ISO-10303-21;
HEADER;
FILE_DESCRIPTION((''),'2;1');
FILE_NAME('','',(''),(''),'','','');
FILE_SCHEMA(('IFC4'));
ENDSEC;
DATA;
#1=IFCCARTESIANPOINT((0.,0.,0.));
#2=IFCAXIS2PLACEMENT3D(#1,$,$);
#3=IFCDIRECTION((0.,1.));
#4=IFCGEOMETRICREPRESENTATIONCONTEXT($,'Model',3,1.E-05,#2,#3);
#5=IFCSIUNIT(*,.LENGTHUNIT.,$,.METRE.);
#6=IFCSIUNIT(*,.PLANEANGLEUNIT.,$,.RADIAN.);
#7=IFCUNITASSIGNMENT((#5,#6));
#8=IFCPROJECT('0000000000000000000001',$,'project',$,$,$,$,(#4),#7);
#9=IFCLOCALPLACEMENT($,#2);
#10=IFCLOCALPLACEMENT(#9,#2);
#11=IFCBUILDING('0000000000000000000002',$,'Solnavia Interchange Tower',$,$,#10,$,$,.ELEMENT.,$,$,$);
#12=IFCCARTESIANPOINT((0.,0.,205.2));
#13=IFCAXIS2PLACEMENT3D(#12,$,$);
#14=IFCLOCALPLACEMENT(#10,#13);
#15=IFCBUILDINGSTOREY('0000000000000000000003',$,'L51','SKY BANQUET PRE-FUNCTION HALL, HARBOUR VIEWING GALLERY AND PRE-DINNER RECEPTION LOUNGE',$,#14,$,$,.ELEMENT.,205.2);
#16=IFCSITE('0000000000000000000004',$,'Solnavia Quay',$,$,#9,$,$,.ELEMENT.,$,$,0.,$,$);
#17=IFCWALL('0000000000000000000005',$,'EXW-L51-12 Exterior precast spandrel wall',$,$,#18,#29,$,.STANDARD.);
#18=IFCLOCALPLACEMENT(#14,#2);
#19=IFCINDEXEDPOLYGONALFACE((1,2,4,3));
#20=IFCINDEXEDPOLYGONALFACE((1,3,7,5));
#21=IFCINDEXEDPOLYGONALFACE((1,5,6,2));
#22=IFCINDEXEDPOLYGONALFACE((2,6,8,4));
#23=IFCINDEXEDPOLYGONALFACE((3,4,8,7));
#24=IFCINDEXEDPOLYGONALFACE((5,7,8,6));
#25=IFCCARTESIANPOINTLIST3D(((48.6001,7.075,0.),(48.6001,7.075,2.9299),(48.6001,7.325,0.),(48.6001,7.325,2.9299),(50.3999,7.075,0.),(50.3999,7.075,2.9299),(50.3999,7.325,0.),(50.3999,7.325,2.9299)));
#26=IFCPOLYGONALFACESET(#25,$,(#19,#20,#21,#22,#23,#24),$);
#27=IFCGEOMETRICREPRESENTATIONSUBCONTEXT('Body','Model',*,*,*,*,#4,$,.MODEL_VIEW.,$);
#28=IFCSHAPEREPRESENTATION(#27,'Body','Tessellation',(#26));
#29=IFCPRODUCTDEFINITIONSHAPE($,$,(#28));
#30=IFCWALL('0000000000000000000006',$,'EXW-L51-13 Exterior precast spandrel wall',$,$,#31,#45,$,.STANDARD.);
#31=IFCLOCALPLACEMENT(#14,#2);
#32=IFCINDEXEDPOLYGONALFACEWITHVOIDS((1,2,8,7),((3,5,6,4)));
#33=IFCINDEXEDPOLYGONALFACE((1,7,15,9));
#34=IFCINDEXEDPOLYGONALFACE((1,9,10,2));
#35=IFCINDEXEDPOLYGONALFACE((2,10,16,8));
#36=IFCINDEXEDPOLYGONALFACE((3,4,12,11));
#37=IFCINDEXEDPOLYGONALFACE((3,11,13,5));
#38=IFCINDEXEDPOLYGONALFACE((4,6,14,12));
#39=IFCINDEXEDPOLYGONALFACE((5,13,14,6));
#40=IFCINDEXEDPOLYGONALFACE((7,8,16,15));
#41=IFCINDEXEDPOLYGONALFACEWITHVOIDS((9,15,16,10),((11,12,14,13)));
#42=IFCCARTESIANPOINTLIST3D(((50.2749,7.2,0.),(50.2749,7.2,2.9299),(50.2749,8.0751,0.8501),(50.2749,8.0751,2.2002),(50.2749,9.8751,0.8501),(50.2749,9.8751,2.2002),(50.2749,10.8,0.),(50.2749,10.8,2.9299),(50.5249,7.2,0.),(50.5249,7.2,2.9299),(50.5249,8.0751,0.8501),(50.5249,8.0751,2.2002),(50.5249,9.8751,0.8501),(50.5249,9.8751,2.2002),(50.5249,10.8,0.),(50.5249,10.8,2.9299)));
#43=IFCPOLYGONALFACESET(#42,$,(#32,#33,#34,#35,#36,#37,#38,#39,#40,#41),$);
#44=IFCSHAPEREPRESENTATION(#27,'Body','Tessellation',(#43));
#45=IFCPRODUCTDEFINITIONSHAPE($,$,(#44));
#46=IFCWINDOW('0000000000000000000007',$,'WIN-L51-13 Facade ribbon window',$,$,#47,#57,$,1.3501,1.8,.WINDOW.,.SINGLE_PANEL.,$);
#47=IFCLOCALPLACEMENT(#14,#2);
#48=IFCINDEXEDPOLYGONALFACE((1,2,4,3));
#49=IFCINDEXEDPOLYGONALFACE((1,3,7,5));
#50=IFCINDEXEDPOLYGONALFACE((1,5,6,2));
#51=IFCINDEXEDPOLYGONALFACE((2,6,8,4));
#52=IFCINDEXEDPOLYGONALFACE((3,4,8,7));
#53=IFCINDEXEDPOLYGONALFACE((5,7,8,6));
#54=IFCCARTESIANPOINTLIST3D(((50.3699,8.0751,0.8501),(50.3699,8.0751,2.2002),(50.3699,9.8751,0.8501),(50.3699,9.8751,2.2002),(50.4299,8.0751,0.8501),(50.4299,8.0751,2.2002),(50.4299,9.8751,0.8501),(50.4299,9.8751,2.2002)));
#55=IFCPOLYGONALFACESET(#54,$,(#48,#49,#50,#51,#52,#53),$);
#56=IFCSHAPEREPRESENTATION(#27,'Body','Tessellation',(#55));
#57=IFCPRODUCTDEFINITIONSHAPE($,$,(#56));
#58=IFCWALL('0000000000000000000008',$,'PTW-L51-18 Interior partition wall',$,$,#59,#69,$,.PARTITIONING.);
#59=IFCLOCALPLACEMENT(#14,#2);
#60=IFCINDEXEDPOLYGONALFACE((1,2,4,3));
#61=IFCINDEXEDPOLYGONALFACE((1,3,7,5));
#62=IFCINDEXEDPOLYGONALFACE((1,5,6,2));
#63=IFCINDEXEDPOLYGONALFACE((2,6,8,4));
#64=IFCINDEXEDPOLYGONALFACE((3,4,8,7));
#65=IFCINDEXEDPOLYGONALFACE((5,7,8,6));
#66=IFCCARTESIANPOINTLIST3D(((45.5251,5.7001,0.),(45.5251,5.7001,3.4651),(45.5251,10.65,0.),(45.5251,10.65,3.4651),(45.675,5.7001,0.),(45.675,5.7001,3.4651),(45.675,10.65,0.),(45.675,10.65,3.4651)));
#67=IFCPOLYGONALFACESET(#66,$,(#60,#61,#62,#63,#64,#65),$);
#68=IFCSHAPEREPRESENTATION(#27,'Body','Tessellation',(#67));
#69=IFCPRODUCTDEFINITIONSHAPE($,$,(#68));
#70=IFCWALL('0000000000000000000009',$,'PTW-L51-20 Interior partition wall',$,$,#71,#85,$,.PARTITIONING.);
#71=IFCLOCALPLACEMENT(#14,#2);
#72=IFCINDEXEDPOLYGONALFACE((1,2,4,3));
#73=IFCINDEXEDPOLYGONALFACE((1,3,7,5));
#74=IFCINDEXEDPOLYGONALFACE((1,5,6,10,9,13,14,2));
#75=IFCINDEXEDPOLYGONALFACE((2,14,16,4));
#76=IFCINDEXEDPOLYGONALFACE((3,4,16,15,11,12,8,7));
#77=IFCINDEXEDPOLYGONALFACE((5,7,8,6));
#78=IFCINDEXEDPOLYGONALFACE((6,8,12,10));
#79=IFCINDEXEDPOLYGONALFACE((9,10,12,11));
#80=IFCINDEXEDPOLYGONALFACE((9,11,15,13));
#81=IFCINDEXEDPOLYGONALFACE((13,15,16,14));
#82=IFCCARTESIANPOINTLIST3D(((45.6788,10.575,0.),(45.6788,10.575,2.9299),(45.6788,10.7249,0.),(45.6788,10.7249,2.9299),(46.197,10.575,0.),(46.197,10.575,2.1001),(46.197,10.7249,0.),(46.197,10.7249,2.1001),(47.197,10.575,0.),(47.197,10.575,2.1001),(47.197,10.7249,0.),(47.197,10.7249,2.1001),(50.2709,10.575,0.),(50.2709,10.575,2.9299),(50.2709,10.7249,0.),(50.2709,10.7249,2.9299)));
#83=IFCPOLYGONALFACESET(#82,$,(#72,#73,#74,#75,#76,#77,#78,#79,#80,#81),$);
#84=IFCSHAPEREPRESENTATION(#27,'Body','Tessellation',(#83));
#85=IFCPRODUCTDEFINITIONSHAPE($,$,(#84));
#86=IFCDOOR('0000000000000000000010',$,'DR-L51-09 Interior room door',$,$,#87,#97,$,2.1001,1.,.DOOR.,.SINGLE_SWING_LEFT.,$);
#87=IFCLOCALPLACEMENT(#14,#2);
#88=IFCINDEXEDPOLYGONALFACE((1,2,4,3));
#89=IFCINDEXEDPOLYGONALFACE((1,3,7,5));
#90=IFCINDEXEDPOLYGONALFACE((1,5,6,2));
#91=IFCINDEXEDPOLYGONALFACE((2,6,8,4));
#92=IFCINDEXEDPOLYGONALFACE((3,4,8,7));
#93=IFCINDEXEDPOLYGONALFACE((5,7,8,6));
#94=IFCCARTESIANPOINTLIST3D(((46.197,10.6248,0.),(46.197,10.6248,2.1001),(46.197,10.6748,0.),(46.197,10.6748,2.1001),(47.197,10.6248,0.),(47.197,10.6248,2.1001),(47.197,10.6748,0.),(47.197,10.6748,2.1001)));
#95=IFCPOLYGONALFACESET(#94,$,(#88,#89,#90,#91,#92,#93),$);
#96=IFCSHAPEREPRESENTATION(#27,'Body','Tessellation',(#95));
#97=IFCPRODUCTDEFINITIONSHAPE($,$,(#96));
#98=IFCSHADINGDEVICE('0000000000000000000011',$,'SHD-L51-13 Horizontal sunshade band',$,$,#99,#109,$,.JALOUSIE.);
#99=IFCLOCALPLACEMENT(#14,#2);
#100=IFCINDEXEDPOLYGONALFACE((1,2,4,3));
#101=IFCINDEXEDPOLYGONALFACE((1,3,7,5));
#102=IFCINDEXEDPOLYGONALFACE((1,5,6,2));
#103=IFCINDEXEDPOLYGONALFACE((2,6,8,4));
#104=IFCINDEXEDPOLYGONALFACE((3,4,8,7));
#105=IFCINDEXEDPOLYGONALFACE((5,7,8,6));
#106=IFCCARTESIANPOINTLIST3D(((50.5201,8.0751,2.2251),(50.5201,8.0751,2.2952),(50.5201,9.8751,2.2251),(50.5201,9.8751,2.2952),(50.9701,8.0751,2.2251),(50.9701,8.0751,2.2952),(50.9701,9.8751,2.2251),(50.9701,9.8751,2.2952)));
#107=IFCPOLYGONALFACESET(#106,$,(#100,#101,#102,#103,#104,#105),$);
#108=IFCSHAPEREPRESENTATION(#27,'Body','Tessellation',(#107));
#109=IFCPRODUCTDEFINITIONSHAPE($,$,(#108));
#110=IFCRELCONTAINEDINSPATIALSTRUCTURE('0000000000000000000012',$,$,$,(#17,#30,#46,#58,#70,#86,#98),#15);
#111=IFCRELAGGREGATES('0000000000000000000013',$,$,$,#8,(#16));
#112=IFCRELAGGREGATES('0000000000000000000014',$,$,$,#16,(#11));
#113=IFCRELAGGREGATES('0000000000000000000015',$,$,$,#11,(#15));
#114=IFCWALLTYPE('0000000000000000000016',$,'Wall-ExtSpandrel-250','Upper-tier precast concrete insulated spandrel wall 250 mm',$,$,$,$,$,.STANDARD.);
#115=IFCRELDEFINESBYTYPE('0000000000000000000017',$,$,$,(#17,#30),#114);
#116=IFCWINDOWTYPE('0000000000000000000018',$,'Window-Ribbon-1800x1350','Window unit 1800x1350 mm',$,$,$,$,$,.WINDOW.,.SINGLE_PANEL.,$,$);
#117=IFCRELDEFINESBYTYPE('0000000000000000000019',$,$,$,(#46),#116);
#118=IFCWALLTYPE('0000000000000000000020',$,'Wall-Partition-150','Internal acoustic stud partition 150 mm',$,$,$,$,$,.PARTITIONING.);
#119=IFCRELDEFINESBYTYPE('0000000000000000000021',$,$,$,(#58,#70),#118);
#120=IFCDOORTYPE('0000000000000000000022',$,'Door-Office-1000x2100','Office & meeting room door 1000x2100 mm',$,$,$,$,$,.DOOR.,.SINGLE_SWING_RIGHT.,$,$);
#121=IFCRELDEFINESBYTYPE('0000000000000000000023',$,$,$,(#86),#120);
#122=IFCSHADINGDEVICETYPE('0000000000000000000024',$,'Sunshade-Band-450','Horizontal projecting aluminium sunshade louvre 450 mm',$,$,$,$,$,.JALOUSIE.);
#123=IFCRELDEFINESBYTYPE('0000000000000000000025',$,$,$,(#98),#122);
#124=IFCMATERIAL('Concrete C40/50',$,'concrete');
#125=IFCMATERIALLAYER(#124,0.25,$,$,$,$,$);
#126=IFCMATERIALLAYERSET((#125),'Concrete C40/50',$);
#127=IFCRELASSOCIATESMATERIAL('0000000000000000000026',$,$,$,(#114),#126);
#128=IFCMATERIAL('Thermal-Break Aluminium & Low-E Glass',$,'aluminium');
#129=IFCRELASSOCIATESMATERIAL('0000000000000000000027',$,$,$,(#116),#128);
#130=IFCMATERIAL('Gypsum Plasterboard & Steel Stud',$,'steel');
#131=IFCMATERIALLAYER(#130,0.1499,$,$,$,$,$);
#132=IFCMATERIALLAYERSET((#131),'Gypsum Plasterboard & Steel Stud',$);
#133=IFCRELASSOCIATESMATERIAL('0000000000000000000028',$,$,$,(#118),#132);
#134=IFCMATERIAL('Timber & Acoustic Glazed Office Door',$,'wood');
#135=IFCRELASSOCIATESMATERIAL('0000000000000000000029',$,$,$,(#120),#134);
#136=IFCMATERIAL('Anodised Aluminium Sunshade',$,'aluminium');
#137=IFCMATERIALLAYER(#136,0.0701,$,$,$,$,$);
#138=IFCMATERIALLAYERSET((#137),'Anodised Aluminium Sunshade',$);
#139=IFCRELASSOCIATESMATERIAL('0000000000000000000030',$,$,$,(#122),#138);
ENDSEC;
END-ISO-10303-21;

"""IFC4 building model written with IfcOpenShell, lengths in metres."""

from ifc_helpers import new_model, si_unit, direction, frame, frame_2d, origin, origin_2d, place, context, subcontext, project, spatial, rectangle, extrude, material, layer, layer_set, type_object, element, fill, save


model = new_model("IFC4")

# Units and contexts
model_context = context("Model", 3, precision=1e-05, world=origin(), true_north=direction((0.0, 1.0)))
body_context = subcontext(model_context, "Body", "Model", "MODEL_VIEW")
ifc_project = project(units=[si_unit("LENGTHUNIT", "METRE"), si_unit("PLANEANGLEUNIT", "RADIAN")], contexts=[model_context])

# Site, building, storey
site_placement = place(None, origin())
site = spatial("IfcSite", under=ifc_project, at=site_placement, Name="Solnavia Quay", CompositionType="ELEMENT", RefElevation=0.0)
building_placement = place(site_placement, origin())
building = spatial("IfcBuilding", under=site, at=building_placement, Name="Solnavia Interchange Tower", CompositionType="ELEMENT")
storey_placement = place(building_placement, frame((0.0, 0.0, 205.2)))
storey = spatial("IfcBuildingStorey", under=building, at=storey_placement, Name="L51", Description="SKY BANQUET PRE-FUNCTION HALL, HARBOUR VIEWING GALLERY AND PRE-DINNER RECEPTION LOUNGE", CompositionType="ELEMENT", Elevation=205.2)

# Shared definitions
ifc_material_1 = material(Name="Concrete C40/50", Category="concrete")
ifc_layer_1 = layer(ifc_material_1, 0.25)
ifc_layer_set_1 = layer_set([ifc_layer_1], Name="Concrete C40/50")
wall_type_1 = type_object("IfcWallType", Name="Wall-ExtSpandrel-250", Description="Upper-tier precast concrete insulated spandrel wall 250 mm", PredefinedType="STANDARD", material=ifc_layer_set_1)
ifc_material_2 = material(Name="Thermal-Break Aluminium & Low-E Glass", Category="aluminium")
window_type = type_object("IfcWindowType", Name="Window-Ribbon-1800x1350", Description="Window unit 1800x1350 mm", PartitioningType="SINGLE_PANEL", PredefinedType="WINDOW", material=ifc_material_2)

# Wall
wall_1_placement = place(storey_placement, frame((50.3999, 7.2, 0.0), z_axis=(0.0, 0.0, 1.0), x_axis=(-1.0, 0.0, 0.0)))
element("IfcWall", 1, at=wall_1_placement, inside=storey, type_object=wall_type_1, Name="EXW-L51-12 Exterior precast spandrel wall", PredefinedType="STANDARD", context=body_context, shape_type="SweptSolid", body=[
    extrude(rectangle(XDim=1.7998, YDim=0.25, at=frame_2d((0.8999, 0.0))), origin(), (0.0, 0.0, 1.0), 2.9299),
])

# Wall, opening, window
wall_2_placement = place(storey_placement, frame((50.3999, 10.8, 0.0), z_axis=(0.0, 0.0, 1.0), x_axis=(0.0, -1.0, 0.0)))
wall_2 = element("IfcWall", 2, at=wall_2_placement, inside=storey, type_object=wall_type_1, Name="EXW-L51-13 Exterior precast spandrel wall", PredefinedType="STANDARD", context=body_context, shape_type="SweptSolid", body=[
    extrude(rectangle(XDim=3.6001, YDim=0.25, at=frame_2d((1.8, 0.0))), origin(), (0.0, 0.0, 1.0), 2.9299),
])
opening_1_placement = place(wall_2_placement, frame((0.925, 0.0, 0.8501)))
opening_1 = element("IfcOpeningElement", 3, at=opening_1_placement, cuts=wall_2, PredefinedType="OPENING", context=body_context, shape_type="SweptSolid", body=[
    extrude(rectangle(XDim=1.8, YDim=1.3501, at=frame_2d((0.8999, 0.675))), frame((0.0, 0.135, 0.0), z_axis=(0.0, -1.0, 0.0), x_axis=(1.0, 0.0, 0.0)), (0.0, 0.0, 1.0), 0.27),
])
window_1_placement = place(opening_1_placement, origin())
window_1 = element("IfcWindow", 4, at=window_1_placement, inside=storey, type_object=window_type, Name="WIN-L51-13 Facade ribbon window", OverallHeight=1.3501, OverallWidth=1.8, PartitioningType="SINGLE_PANEL", PredefinedType="WINDOW", context=body_context, shape_type="SweptSolid", body=[
    extrude(rectangle(XDim=1.8, YDim=1.3501, at=frame_2d((0.8999, 0.675))), frame((0.0, 0.03, 0.0), z_axis=(0.0, -1.0, 0.0), x_axis=(1.0, 0.0, 0.0)), (0.0, 0.0, 1.0), 0.0601),
])
fill(opening_1, window_1)

# Wall
ifc_material_3 = material(Name="Gypsum Plasterboard & Steel Stud", Category="steel")
ifc_layer_2 = layer(ifc_material_3, 0.1499)
ifc_layer_set_2 = layer_set([ifc_layer_2], Name="Gypsum Plasterboard & Steel Stud")
wall_type_2 = type_object("IfcWallType", Name="Wall-Partition-150", Description="Internal acoustic stud partition 150 mm", PredefinedType="PARTITIONING", material=ifc_layer_set_2)
wall_3_placement = place(storey_placement, frame((45.6001, 5.7, 0.0), z_axis=(0.0, 0.0, 1.0), x_axis=(0.0, 1.0, 0.0)))
element("IfcWall", 5, at=wall_3_placement, inside=storey, type_object=wall_type_2, Name="PTW-L51-18 Interior partition wall", PredefinedType="PARTITIONING", context=body_context, shape_type="SweptSolid", body=[
    extrude(rectangle(XDim=4.95, YDim=0.1499, at=frame_2d((2.4751, 0.0))), origin(), (0.0, 0.0, 1.0), 3.4651),
])

# Wall, opening, door
wall_4_placement = place(storey_placement, frame((45.679, 10.6499, 0.0), z_axis=(0.0, 0.0, 1.0), x_axis=(1.0, 0.0, 0.0)))
wall_4 = element("IfcWall", 6, at=wall_4_placement, inside=storey, type_object=wall_type_2, Name="PTW-L51-20 Interior partition wall", PredefinedType="PARTITIONING", context=body_context, shape_type="SweptSolid", body=[
    extrude(rectangle(XDim=4.592, YDim=0.1499, at=frame_2d((2.2959, 0.0))), origin(), (0.0, 0.0, 1.0), 2.9299),
])
opening_2_placement = place(wall_4_placement, frame((0.5181, 0.0, 0.0)))
opening_2 = element("IfcOpeningElement", 7, at=opening_2_placement, cuts=wall_4, PredefinedType="OPENING", context=body_context, shape_type="SweptSolid", body=[
    extrude(rectangle(XDim=1.0, YDim=2.1001, at=frame_2d((0.5, 1.05))), frame((0.0, 0.085, 0.0), z_axis=(0.0, -1.0, 0.0), x_axis=(1.0, 0.0, 0.0)), (0.0, 0.0, 1.0), 0.1699),
])
ifc_material_4 = material(Name="Timber & Acoustic Glazed Office Door", Category="wood")
door_type = type_object("IfcDoorType", Name="Door-Office-1000x2100", Description="Office & meeting room door 1000x2100 mm", OperationType="SINGLE_SWING_RIGHT", PredefinedType="DOOR", material=ifc_material_4)
door_placement = place(opening_2_placement, origin())
door = element("IfcDoor", 8, at=door_placement, inside=storey, type_object=door_type, Name="DR-L51-09 Interior room door", OperationType="SINGLE_SWING_LEFT", OverallHeight=2.1001, OverallWidth=1.0, PredefinedType="DOOR", context=body_context, shape_type="SweptSolid", body=[
    extrude(rectangle(XDim=1.0, YDim=2.1001, at=frame_2d((0.5, 1.05))), frame((0.0, 0.0249, 0.0), z_axis=(0.0, -1.0, 0.0), x_axis=(1.0, 0.0, 0.0)), (0.0, 0.0, 1.0), 0.05),
])
fill(opening_2, door)

# Shading device
ifc_material_5 = material(Name="Anodised Aluminium Sunshade", Category="aluminium")
ifc_layer_3 = layer(ifc_material_5, 0.0701)
ifc_layer_set_3 = layer_set([ifc_layer_3], Name="Anodised Aluminium Sunshade")
shading_device_type = type_object("IfcShadingDeviceType", Name="Sunshade-Band-450", Description="Horizontal projecting aluminium sunshade louvre 450 mm", PredefinedType="JALOUSIE", material=ifc_layer_set_3)
shading_device_placement = place(storey_placement, frame((50.7451, 8.9751, 2.2251), z_axis=(0.0, 0.0, 1.0), x_axis=(0.0, -1.0, 0.0)))
element("IfcShadingDevice", 9, at=shading_device_placement, inside=storey, type_object=shading_device_type, Name="SHD-L51-13 Horizontal sunshade band", PredefinedType="JALOUSIE", context=body_context, shape_type="SweptSolid", body=[
    extrude(rectangle(XDim=1.8, YDim=0.45, at=origin_2d()), origin(), (0.0, 0.0, 1.0), 0.0701),
])

save(model, "model.ifc")
